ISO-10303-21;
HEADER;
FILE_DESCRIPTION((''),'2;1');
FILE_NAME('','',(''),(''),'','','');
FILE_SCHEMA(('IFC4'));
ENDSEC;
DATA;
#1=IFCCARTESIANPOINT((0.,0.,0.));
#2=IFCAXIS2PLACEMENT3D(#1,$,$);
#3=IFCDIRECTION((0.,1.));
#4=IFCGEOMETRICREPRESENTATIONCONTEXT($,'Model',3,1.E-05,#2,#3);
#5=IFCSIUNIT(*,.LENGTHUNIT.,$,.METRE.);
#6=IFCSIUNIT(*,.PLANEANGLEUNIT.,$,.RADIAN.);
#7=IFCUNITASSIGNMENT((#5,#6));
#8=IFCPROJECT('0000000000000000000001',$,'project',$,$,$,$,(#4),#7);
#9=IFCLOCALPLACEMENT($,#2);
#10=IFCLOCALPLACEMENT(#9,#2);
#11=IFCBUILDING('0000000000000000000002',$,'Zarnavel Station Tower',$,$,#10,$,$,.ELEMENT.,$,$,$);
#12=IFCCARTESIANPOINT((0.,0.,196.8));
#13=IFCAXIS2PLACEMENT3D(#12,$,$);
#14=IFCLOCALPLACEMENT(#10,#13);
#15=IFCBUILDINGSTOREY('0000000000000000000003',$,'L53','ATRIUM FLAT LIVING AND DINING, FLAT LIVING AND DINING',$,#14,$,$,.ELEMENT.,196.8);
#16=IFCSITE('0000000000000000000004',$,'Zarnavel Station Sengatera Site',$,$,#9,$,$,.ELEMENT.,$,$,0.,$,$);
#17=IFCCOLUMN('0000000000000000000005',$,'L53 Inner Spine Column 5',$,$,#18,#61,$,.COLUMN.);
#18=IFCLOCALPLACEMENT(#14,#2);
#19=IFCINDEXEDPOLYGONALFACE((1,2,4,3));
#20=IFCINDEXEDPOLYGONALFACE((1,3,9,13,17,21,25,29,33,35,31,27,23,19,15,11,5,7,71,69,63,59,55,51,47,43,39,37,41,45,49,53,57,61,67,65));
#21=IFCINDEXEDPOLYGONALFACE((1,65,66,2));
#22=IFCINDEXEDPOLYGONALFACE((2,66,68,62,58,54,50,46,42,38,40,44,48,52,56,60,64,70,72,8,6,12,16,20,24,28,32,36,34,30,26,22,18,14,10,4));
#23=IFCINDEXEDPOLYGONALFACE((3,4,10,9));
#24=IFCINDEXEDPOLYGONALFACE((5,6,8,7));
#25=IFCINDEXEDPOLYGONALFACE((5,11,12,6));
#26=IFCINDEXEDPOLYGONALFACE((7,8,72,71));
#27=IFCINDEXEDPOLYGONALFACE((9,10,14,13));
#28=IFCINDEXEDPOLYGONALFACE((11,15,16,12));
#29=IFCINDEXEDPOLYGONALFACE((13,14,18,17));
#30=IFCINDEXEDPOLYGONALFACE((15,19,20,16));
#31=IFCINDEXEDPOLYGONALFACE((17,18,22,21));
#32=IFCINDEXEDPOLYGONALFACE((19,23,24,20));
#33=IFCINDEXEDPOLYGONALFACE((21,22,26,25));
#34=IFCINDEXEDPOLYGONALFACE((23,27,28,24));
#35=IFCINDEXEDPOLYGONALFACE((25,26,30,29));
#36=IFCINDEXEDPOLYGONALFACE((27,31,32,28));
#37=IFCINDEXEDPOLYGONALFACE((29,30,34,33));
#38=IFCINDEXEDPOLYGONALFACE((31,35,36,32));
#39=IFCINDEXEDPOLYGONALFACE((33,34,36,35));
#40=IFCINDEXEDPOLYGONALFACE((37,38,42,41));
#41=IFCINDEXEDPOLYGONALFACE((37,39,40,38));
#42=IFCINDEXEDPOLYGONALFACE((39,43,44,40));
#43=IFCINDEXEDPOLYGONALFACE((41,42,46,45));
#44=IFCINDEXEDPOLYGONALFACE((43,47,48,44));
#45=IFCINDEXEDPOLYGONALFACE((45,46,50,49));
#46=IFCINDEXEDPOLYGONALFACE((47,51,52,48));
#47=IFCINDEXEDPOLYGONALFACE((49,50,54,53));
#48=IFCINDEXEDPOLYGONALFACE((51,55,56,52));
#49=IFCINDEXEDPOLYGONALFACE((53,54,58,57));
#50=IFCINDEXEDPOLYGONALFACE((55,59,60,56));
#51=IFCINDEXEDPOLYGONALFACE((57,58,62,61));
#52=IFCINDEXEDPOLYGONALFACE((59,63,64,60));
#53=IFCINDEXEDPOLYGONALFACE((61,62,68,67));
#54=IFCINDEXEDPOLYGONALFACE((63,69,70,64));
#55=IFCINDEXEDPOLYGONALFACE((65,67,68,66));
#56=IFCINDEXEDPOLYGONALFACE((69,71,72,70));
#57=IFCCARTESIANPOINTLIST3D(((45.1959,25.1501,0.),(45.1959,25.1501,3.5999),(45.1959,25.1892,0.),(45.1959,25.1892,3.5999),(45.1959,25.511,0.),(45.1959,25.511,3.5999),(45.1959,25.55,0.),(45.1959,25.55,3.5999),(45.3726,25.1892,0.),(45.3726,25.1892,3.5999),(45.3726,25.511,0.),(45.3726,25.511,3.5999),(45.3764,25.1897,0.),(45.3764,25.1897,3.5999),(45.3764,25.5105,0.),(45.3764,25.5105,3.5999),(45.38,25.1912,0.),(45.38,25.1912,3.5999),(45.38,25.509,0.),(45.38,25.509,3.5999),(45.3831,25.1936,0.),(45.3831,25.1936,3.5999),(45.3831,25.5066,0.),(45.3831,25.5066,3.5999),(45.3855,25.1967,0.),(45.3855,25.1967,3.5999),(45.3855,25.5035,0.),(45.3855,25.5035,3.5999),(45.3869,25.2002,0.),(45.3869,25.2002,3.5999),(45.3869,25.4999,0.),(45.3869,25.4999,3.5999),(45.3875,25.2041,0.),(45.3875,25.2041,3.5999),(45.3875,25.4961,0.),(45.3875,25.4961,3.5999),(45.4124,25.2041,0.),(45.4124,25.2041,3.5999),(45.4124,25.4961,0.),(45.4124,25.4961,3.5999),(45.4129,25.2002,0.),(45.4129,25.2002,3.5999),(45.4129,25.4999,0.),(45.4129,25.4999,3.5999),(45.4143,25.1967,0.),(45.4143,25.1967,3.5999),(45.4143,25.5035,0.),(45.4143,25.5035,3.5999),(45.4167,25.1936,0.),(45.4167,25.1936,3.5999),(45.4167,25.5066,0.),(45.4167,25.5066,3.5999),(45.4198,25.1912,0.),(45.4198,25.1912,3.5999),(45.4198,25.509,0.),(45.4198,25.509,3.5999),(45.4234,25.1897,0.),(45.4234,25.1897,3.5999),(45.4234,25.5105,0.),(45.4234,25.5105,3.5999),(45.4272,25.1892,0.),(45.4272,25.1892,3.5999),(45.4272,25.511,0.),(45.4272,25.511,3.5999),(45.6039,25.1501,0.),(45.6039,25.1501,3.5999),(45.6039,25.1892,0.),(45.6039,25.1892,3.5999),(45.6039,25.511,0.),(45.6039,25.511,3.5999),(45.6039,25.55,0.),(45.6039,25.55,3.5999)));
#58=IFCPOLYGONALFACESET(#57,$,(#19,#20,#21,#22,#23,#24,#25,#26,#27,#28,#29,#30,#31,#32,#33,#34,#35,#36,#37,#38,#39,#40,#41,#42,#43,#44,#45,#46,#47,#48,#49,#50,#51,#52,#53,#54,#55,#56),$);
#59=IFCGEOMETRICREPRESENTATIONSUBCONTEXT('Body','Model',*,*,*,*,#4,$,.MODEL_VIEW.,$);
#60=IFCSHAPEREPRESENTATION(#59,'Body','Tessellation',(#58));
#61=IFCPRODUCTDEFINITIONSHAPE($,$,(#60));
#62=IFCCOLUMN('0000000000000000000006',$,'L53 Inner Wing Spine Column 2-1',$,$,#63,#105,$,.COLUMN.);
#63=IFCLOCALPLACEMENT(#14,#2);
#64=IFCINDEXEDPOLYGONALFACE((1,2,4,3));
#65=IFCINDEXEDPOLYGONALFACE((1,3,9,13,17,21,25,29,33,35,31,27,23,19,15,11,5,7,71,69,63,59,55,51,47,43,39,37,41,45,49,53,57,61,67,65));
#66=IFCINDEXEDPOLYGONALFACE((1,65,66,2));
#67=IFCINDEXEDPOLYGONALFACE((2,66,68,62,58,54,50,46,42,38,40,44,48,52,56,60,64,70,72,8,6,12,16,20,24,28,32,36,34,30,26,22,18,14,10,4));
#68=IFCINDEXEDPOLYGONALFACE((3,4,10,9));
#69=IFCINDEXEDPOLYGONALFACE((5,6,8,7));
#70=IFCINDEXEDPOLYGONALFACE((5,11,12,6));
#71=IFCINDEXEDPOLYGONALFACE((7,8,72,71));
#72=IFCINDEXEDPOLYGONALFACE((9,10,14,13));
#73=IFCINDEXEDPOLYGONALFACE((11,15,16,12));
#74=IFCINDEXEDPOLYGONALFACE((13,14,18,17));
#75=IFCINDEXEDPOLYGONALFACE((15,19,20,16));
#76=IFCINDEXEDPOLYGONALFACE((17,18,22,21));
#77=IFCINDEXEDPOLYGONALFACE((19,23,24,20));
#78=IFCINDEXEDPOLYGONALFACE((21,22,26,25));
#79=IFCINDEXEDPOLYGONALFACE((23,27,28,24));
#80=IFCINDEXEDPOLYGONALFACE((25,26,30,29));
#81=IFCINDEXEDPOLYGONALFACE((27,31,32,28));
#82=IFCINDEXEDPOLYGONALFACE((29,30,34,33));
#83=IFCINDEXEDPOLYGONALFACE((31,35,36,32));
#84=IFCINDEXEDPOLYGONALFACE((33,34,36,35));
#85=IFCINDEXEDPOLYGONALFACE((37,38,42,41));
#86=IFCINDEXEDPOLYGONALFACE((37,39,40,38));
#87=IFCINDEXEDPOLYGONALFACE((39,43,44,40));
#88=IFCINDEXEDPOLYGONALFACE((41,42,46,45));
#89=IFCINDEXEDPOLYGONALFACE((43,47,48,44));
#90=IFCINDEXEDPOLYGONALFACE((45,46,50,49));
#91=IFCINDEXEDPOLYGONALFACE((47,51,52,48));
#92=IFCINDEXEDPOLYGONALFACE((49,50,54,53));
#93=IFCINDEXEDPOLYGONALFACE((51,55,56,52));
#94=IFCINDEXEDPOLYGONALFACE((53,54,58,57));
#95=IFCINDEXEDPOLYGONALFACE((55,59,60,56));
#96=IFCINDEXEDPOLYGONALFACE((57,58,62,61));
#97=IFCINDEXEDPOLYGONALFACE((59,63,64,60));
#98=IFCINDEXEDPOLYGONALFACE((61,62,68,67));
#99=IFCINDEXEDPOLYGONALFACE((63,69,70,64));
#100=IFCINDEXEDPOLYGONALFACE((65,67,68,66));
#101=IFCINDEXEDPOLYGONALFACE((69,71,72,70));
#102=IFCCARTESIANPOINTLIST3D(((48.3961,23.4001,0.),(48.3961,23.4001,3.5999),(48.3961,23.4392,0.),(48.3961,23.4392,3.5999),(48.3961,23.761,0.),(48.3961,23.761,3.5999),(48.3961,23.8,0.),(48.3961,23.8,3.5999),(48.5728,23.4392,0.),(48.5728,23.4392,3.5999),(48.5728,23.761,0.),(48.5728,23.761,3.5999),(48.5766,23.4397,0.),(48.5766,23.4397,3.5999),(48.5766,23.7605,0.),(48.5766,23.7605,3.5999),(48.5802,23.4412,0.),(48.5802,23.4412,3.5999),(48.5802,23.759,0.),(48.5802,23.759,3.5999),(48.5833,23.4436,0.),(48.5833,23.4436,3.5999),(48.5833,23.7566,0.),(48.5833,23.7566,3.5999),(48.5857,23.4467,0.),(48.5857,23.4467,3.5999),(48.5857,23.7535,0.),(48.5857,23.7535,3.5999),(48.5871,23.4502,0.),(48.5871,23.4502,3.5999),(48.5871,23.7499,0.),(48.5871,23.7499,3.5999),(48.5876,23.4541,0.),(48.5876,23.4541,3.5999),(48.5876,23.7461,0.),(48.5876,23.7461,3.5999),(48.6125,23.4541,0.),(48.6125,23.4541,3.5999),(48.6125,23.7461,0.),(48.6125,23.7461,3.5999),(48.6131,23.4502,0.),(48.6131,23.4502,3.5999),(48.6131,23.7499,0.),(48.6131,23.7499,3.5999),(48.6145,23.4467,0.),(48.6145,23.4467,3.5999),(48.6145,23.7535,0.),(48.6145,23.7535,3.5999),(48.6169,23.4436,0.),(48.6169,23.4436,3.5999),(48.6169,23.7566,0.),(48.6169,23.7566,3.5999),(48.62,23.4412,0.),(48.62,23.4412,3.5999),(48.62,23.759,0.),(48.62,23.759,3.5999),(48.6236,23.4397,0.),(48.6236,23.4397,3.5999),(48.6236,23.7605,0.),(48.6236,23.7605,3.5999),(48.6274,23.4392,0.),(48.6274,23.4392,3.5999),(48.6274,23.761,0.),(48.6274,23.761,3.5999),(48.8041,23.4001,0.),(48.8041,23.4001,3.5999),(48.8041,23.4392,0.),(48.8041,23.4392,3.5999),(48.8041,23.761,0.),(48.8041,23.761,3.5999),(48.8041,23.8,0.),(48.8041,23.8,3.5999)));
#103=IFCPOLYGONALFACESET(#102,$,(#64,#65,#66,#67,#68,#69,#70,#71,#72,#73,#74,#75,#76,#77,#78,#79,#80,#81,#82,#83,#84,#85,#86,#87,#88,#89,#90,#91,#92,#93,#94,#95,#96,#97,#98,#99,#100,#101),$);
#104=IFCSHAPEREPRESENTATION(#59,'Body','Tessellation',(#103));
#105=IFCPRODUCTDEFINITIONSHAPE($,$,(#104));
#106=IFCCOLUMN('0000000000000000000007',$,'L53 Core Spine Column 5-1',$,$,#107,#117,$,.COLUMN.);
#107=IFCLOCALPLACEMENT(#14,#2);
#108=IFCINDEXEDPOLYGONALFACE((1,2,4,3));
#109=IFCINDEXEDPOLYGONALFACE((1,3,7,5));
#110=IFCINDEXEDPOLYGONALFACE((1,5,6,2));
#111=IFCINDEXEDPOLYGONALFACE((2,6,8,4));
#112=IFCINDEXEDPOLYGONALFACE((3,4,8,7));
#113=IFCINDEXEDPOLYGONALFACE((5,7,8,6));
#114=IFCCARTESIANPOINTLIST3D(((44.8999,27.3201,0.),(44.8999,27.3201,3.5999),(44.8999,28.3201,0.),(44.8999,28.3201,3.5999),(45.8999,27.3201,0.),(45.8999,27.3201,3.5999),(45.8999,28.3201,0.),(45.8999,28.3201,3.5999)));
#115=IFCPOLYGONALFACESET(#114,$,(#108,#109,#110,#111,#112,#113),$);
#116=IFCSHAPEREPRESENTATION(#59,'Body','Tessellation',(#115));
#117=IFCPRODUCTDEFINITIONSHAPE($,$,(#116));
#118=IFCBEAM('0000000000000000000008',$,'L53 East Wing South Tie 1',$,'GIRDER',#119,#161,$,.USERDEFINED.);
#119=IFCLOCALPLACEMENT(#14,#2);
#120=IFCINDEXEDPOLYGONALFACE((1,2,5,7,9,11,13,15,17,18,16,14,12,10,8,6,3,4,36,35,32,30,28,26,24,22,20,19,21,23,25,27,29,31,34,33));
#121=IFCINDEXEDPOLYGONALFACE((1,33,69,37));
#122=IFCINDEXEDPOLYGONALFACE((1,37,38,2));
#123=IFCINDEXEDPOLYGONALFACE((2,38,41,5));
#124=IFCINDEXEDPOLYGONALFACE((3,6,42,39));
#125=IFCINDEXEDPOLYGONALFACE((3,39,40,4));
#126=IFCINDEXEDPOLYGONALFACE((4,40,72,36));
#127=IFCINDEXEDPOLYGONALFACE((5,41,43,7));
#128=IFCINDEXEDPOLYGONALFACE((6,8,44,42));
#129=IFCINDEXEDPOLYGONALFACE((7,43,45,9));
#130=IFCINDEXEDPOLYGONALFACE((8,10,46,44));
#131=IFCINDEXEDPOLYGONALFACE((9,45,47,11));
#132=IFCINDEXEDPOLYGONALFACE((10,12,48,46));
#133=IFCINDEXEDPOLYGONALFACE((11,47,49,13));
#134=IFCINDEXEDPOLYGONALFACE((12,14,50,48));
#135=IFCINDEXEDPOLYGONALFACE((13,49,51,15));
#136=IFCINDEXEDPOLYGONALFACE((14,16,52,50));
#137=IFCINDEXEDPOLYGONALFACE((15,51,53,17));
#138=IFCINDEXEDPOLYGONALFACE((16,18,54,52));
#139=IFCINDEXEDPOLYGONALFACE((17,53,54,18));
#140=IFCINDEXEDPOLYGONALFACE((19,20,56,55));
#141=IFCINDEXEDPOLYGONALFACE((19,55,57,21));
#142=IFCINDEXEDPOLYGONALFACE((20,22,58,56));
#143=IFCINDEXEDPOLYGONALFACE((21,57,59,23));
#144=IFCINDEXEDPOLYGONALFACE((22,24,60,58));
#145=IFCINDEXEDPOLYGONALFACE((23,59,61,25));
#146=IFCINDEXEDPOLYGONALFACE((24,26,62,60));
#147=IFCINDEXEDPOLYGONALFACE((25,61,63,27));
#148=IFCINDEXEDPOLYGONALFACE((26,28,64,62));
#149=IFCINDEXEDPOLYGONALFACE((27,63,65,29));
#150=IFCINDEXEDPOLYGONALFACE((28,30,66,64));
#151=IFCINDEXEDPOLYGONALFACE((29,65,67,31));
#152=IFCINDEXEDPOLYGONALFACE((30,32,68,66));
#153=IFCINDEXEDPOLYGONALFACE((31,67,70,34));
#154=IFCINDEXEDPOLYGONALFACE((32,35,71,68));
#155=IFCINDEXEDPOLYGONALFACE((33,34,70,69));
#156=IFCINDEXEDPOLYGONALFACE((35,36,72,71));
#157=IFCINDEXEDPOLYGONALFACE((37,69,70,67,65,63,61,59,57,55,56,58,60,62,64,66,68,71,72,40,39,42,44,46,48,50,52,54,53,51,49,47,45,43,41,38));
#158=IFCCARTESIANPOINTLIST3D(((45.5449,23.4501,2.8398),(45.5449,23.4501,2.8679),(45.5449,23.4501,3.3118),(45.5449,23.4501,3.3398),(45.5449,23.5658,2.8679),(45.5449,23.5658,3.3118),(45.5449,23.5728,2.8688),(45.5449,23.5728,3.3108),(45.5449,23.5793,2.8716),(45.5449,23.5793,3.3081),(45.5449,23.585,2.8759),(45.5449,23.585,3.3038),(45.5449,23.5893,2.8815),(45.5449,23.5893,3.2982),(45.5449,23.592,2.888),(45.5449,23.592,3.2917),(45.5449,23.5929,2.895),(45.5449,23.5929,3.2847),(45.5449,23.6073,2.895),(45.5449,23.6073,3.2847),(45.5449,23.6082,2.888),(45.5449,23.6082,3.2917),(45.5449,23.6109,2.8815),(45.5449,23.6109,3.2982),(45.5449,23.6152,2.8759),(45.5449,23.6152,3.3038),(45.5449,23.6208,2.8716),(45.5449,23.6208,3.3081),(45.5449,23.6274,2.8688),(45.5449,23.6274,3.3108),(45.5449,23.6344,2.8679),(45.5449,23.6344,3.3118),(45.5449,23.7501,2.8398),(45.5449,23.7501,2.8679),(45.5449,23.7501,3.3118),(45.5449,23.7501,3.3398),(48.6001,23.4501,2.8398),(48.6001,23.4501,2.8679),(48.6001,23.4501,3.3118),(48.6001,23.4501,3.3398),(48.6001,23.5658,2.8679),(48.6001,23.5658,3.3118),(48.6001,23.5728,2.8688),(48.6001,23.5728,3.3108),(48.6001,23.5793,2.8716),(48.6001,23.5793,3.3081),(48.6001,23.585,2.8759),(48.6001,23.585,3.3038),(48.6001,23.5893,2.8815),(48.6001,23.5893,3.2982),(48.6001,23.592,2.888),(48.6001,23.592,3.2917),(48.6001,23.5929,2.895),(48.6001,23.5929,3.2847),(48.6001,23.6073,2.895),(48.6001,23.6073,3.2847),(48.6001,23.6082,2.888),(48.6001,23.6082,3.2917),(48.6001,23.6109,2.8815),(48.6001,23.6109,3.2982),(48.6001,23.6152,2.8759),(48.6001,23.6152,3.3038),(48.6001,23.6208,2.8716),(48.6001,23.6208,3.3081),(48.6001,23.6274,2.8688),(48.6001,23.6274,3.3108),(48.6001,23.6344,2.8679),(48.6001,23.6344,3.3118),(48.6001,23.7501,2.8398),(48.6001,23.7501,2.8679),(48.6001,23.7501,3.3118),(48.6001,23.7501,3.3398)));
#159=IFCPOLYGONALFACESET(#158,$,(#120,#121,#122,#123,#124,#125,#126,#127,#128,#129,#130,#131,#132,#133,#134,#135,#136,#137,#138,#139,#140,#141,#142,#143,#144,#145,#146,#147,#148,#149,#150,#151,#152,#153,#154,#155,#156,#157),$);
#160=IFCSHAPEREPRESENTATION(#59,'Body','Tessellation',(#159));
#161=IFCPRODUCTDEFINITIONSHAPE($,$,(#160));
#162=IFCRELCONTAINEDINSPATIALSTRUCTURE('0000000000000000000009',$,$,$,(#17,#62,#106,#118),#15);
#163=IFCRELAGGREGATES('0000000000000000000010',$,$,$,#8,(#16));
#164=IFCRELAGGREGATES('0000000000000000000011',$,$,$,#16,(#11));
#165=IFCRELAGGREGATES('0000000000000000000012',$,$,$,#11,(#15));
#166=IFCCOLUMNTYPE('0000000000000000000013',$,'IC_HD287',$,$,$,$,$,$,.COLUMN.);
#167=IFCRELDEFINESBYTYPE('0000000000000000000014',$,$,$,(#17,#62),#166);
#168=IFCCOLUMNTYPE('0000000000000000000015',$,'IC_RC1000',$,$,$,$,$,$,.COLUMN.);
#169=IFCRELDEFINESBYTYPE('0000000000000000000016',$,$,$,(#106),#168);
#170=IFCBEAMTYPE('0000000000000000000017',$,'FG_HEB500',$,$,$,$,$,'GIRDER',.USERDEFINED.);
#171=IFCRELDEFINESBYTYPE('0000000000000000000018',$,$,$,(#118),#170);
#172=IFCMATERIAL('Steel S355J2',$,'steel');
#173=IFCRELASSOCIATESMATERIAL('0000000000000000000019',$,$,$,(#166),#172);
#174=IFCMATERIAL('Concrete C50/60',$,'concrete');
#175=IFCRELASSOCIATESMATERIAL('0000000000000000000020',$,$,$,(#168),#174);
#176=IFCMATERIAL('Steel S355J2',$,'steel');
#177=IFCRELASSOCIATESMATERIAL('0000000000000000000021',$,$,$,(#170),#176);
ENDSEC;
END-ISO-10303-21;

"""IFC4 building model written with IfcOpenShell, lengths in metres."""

from ifc_helpers import new_model, si_unit, direction, frame, origin, origin_2d, place, context, subcontext, project, spatial, rectangle, i_section, extrude, material, material_profile, profile_set, type_object, element, save


model = new_model("IFC4")

# Units and contexts
model_context = context("Model", 3, precision=1e-05, world=origin(), true_north=direction((0.0, 1.0)))
body_context = subcontext(model_context, "Body", "Model", "MODEL_VIEW")
ifc_project = project(units=[si_unit("LENGTHUNIT", "METRE"), si_unit("PLANEANGLEUNIT", "RADIAN")], contexts=[model_context])

# Site, building, storey
site_placement = place(None, origin())
site = spatial("IfcSite", under=ifc_project, at=site_placement, Name="Zarnavel Station Sengatera Site", CompositionType="ELEMENT", RefElevation=0.0)
building_placement = place(site_placement, origin())
building = spatial("IfcBuilding", under=site, at=building_placement, Name="Zarnavel Station Tower", CompositionType="ELEMENT")
storey_placement = place(building_placement, frame((0.0, 0.0, 196.8)))
storey = spatial("IfcBuildingStorey", under=building, at=storey_placement, Name="L53", Description="ATRIUM FLAT LIVING AND DINING, FLAT LIVING AND DINING", CompositionType="ELEMENT", Elevation=196.8)

# Columns
ifc_material_1 = material(Name="Steel S355J2", Category="steel")
ifc_material_profile_1 = material_profile(ifc_material_1, i_section(OverallWidth=0.408, OverallDepth=0.3999, WebThickness=0.0249, FlangeThickness=0.0391, FilletRadius=0.0149, at=origin_2d()), Name="HD400x287")
ifc_profile_set_1 = profile_set([ifc_material_profile_1], Name="Steel S355J2")
column_type_1 = type_object("IfcColumnType", Name="IC_HD287", PredefinedType="COLUMN", material=ifc_profile_set_1)
for number, where, z_axis, x_axis, name in (
    (1, (45.3999, 25.3501, 0.0), (0.0, 0.0, 1.0), (1.0, 0.0, 0.0), "L53 Inner Spine Column 5"),
    (2, (48.6001, 23.6001, 0.0), (0.0, 0.0, 1.0), (1.0, 0.0, 0.0), "L53 Inner Wing Spine Column 2-1"),
):
    element("IfcColumn", number, at=place(storey_placement, frame(where, z_axis=z_axis, x_axis=x_axis)), inside=storey, type_object=column_type_1, Name=name, PredefinedType="COLUMN", context=body_context, shape_type="SweptSolid", body=[
        extrude(i_section(OverallWidth=0.408, OverallDepth=0.3999, WebThickness=0.0249, FlangeThickness=0.0391, FilletRadius=0.0149, at=origin_2d()), origin(), (0.0, 0.0, 1.0), 3.5999),
    ])
ifc_material_2 = material(Name="Concrete C50/60", Category="concrete")
ifc_material_profile_2 = material_profile(ifc_material_2, rectangle(XDim=1.0, YDim=1.0, at=origin_2d()), Name="RC1000x1000")
ifc_profile_set_2 = profile_set([ifc_material_profile_2], Name="Concrete C50/60")
column_type_2 = type_object("IfcColumnType", Name="IC_RC1000", PredefinedType="COLUMN", material=ifc_profile_set_2)
column_placement = place(storey_placement, frame((45.3999, 27.8201, 0.0), z_axis=(0.0, 0.0, 1.0), x_axis=(1.0, 0.0, 0.0)))
element("IfcColumn", 3, at=column_placement, inside=storey, type_object=column_type_2, Name="L53 Core Spine Column 5-1", PredefinedType="COLUMN", context=body_context, shape_type="SweptSolid", body=[
    extrude(rectangle(XDim=1.0, YDim=1.0, at=origin_2d()), origin(), (0.0, 0.0, 1.0), 3.5999),
])

# Beam
ifc_material_3 = material(Name="Steel S355J2", Category="steel")
ifc_material_profile_3 = material_profile(ifc_material_3, i_section(OverallWidth=0.3, OverallDepth=0.5, WebThickness=0.0144, FlangeThickness=0.0281, FilletRadius=0.0271, at=origin_2d()), Name="HEB500")
ifc_profile_set_3 = profile_set([ifc_material_profile_3], Name="Steel S355J2")
beam_type_1 = type_object("IfcBeamType", Name="FG_HEB500", ElementType="GIRDER", PredefinedType="USERDEFINED", material=ifc_profile_set_3)
beam_1_placement = place(storey_placement, frame((45.5449, 23.6001, 3.0898), z_axis=(1.0, 0.0, 0.0), x_axis=(0.0, 1.0, 0.0)))
element("IfcBeam", 4, at=beam_1_placement, inside=storey, type_object=beam_type_1, Name="L53 East Wing South Tie 1", ObjectType="GIRDER", PredefinedType="USERDEFINED", context=body_context, shape_type="SweptSolid", body=[
    extrude(i_section(OverallWidth=0.3, OverallDepth=0.5, WebThickness=0.0144, FlangeThickness=0.0281, FilletRadius=0.0271, at=origin_2d()), origin(), (0.0, 0.0, 1.0), 3.0552),
])

save(model, "model.ifc")
